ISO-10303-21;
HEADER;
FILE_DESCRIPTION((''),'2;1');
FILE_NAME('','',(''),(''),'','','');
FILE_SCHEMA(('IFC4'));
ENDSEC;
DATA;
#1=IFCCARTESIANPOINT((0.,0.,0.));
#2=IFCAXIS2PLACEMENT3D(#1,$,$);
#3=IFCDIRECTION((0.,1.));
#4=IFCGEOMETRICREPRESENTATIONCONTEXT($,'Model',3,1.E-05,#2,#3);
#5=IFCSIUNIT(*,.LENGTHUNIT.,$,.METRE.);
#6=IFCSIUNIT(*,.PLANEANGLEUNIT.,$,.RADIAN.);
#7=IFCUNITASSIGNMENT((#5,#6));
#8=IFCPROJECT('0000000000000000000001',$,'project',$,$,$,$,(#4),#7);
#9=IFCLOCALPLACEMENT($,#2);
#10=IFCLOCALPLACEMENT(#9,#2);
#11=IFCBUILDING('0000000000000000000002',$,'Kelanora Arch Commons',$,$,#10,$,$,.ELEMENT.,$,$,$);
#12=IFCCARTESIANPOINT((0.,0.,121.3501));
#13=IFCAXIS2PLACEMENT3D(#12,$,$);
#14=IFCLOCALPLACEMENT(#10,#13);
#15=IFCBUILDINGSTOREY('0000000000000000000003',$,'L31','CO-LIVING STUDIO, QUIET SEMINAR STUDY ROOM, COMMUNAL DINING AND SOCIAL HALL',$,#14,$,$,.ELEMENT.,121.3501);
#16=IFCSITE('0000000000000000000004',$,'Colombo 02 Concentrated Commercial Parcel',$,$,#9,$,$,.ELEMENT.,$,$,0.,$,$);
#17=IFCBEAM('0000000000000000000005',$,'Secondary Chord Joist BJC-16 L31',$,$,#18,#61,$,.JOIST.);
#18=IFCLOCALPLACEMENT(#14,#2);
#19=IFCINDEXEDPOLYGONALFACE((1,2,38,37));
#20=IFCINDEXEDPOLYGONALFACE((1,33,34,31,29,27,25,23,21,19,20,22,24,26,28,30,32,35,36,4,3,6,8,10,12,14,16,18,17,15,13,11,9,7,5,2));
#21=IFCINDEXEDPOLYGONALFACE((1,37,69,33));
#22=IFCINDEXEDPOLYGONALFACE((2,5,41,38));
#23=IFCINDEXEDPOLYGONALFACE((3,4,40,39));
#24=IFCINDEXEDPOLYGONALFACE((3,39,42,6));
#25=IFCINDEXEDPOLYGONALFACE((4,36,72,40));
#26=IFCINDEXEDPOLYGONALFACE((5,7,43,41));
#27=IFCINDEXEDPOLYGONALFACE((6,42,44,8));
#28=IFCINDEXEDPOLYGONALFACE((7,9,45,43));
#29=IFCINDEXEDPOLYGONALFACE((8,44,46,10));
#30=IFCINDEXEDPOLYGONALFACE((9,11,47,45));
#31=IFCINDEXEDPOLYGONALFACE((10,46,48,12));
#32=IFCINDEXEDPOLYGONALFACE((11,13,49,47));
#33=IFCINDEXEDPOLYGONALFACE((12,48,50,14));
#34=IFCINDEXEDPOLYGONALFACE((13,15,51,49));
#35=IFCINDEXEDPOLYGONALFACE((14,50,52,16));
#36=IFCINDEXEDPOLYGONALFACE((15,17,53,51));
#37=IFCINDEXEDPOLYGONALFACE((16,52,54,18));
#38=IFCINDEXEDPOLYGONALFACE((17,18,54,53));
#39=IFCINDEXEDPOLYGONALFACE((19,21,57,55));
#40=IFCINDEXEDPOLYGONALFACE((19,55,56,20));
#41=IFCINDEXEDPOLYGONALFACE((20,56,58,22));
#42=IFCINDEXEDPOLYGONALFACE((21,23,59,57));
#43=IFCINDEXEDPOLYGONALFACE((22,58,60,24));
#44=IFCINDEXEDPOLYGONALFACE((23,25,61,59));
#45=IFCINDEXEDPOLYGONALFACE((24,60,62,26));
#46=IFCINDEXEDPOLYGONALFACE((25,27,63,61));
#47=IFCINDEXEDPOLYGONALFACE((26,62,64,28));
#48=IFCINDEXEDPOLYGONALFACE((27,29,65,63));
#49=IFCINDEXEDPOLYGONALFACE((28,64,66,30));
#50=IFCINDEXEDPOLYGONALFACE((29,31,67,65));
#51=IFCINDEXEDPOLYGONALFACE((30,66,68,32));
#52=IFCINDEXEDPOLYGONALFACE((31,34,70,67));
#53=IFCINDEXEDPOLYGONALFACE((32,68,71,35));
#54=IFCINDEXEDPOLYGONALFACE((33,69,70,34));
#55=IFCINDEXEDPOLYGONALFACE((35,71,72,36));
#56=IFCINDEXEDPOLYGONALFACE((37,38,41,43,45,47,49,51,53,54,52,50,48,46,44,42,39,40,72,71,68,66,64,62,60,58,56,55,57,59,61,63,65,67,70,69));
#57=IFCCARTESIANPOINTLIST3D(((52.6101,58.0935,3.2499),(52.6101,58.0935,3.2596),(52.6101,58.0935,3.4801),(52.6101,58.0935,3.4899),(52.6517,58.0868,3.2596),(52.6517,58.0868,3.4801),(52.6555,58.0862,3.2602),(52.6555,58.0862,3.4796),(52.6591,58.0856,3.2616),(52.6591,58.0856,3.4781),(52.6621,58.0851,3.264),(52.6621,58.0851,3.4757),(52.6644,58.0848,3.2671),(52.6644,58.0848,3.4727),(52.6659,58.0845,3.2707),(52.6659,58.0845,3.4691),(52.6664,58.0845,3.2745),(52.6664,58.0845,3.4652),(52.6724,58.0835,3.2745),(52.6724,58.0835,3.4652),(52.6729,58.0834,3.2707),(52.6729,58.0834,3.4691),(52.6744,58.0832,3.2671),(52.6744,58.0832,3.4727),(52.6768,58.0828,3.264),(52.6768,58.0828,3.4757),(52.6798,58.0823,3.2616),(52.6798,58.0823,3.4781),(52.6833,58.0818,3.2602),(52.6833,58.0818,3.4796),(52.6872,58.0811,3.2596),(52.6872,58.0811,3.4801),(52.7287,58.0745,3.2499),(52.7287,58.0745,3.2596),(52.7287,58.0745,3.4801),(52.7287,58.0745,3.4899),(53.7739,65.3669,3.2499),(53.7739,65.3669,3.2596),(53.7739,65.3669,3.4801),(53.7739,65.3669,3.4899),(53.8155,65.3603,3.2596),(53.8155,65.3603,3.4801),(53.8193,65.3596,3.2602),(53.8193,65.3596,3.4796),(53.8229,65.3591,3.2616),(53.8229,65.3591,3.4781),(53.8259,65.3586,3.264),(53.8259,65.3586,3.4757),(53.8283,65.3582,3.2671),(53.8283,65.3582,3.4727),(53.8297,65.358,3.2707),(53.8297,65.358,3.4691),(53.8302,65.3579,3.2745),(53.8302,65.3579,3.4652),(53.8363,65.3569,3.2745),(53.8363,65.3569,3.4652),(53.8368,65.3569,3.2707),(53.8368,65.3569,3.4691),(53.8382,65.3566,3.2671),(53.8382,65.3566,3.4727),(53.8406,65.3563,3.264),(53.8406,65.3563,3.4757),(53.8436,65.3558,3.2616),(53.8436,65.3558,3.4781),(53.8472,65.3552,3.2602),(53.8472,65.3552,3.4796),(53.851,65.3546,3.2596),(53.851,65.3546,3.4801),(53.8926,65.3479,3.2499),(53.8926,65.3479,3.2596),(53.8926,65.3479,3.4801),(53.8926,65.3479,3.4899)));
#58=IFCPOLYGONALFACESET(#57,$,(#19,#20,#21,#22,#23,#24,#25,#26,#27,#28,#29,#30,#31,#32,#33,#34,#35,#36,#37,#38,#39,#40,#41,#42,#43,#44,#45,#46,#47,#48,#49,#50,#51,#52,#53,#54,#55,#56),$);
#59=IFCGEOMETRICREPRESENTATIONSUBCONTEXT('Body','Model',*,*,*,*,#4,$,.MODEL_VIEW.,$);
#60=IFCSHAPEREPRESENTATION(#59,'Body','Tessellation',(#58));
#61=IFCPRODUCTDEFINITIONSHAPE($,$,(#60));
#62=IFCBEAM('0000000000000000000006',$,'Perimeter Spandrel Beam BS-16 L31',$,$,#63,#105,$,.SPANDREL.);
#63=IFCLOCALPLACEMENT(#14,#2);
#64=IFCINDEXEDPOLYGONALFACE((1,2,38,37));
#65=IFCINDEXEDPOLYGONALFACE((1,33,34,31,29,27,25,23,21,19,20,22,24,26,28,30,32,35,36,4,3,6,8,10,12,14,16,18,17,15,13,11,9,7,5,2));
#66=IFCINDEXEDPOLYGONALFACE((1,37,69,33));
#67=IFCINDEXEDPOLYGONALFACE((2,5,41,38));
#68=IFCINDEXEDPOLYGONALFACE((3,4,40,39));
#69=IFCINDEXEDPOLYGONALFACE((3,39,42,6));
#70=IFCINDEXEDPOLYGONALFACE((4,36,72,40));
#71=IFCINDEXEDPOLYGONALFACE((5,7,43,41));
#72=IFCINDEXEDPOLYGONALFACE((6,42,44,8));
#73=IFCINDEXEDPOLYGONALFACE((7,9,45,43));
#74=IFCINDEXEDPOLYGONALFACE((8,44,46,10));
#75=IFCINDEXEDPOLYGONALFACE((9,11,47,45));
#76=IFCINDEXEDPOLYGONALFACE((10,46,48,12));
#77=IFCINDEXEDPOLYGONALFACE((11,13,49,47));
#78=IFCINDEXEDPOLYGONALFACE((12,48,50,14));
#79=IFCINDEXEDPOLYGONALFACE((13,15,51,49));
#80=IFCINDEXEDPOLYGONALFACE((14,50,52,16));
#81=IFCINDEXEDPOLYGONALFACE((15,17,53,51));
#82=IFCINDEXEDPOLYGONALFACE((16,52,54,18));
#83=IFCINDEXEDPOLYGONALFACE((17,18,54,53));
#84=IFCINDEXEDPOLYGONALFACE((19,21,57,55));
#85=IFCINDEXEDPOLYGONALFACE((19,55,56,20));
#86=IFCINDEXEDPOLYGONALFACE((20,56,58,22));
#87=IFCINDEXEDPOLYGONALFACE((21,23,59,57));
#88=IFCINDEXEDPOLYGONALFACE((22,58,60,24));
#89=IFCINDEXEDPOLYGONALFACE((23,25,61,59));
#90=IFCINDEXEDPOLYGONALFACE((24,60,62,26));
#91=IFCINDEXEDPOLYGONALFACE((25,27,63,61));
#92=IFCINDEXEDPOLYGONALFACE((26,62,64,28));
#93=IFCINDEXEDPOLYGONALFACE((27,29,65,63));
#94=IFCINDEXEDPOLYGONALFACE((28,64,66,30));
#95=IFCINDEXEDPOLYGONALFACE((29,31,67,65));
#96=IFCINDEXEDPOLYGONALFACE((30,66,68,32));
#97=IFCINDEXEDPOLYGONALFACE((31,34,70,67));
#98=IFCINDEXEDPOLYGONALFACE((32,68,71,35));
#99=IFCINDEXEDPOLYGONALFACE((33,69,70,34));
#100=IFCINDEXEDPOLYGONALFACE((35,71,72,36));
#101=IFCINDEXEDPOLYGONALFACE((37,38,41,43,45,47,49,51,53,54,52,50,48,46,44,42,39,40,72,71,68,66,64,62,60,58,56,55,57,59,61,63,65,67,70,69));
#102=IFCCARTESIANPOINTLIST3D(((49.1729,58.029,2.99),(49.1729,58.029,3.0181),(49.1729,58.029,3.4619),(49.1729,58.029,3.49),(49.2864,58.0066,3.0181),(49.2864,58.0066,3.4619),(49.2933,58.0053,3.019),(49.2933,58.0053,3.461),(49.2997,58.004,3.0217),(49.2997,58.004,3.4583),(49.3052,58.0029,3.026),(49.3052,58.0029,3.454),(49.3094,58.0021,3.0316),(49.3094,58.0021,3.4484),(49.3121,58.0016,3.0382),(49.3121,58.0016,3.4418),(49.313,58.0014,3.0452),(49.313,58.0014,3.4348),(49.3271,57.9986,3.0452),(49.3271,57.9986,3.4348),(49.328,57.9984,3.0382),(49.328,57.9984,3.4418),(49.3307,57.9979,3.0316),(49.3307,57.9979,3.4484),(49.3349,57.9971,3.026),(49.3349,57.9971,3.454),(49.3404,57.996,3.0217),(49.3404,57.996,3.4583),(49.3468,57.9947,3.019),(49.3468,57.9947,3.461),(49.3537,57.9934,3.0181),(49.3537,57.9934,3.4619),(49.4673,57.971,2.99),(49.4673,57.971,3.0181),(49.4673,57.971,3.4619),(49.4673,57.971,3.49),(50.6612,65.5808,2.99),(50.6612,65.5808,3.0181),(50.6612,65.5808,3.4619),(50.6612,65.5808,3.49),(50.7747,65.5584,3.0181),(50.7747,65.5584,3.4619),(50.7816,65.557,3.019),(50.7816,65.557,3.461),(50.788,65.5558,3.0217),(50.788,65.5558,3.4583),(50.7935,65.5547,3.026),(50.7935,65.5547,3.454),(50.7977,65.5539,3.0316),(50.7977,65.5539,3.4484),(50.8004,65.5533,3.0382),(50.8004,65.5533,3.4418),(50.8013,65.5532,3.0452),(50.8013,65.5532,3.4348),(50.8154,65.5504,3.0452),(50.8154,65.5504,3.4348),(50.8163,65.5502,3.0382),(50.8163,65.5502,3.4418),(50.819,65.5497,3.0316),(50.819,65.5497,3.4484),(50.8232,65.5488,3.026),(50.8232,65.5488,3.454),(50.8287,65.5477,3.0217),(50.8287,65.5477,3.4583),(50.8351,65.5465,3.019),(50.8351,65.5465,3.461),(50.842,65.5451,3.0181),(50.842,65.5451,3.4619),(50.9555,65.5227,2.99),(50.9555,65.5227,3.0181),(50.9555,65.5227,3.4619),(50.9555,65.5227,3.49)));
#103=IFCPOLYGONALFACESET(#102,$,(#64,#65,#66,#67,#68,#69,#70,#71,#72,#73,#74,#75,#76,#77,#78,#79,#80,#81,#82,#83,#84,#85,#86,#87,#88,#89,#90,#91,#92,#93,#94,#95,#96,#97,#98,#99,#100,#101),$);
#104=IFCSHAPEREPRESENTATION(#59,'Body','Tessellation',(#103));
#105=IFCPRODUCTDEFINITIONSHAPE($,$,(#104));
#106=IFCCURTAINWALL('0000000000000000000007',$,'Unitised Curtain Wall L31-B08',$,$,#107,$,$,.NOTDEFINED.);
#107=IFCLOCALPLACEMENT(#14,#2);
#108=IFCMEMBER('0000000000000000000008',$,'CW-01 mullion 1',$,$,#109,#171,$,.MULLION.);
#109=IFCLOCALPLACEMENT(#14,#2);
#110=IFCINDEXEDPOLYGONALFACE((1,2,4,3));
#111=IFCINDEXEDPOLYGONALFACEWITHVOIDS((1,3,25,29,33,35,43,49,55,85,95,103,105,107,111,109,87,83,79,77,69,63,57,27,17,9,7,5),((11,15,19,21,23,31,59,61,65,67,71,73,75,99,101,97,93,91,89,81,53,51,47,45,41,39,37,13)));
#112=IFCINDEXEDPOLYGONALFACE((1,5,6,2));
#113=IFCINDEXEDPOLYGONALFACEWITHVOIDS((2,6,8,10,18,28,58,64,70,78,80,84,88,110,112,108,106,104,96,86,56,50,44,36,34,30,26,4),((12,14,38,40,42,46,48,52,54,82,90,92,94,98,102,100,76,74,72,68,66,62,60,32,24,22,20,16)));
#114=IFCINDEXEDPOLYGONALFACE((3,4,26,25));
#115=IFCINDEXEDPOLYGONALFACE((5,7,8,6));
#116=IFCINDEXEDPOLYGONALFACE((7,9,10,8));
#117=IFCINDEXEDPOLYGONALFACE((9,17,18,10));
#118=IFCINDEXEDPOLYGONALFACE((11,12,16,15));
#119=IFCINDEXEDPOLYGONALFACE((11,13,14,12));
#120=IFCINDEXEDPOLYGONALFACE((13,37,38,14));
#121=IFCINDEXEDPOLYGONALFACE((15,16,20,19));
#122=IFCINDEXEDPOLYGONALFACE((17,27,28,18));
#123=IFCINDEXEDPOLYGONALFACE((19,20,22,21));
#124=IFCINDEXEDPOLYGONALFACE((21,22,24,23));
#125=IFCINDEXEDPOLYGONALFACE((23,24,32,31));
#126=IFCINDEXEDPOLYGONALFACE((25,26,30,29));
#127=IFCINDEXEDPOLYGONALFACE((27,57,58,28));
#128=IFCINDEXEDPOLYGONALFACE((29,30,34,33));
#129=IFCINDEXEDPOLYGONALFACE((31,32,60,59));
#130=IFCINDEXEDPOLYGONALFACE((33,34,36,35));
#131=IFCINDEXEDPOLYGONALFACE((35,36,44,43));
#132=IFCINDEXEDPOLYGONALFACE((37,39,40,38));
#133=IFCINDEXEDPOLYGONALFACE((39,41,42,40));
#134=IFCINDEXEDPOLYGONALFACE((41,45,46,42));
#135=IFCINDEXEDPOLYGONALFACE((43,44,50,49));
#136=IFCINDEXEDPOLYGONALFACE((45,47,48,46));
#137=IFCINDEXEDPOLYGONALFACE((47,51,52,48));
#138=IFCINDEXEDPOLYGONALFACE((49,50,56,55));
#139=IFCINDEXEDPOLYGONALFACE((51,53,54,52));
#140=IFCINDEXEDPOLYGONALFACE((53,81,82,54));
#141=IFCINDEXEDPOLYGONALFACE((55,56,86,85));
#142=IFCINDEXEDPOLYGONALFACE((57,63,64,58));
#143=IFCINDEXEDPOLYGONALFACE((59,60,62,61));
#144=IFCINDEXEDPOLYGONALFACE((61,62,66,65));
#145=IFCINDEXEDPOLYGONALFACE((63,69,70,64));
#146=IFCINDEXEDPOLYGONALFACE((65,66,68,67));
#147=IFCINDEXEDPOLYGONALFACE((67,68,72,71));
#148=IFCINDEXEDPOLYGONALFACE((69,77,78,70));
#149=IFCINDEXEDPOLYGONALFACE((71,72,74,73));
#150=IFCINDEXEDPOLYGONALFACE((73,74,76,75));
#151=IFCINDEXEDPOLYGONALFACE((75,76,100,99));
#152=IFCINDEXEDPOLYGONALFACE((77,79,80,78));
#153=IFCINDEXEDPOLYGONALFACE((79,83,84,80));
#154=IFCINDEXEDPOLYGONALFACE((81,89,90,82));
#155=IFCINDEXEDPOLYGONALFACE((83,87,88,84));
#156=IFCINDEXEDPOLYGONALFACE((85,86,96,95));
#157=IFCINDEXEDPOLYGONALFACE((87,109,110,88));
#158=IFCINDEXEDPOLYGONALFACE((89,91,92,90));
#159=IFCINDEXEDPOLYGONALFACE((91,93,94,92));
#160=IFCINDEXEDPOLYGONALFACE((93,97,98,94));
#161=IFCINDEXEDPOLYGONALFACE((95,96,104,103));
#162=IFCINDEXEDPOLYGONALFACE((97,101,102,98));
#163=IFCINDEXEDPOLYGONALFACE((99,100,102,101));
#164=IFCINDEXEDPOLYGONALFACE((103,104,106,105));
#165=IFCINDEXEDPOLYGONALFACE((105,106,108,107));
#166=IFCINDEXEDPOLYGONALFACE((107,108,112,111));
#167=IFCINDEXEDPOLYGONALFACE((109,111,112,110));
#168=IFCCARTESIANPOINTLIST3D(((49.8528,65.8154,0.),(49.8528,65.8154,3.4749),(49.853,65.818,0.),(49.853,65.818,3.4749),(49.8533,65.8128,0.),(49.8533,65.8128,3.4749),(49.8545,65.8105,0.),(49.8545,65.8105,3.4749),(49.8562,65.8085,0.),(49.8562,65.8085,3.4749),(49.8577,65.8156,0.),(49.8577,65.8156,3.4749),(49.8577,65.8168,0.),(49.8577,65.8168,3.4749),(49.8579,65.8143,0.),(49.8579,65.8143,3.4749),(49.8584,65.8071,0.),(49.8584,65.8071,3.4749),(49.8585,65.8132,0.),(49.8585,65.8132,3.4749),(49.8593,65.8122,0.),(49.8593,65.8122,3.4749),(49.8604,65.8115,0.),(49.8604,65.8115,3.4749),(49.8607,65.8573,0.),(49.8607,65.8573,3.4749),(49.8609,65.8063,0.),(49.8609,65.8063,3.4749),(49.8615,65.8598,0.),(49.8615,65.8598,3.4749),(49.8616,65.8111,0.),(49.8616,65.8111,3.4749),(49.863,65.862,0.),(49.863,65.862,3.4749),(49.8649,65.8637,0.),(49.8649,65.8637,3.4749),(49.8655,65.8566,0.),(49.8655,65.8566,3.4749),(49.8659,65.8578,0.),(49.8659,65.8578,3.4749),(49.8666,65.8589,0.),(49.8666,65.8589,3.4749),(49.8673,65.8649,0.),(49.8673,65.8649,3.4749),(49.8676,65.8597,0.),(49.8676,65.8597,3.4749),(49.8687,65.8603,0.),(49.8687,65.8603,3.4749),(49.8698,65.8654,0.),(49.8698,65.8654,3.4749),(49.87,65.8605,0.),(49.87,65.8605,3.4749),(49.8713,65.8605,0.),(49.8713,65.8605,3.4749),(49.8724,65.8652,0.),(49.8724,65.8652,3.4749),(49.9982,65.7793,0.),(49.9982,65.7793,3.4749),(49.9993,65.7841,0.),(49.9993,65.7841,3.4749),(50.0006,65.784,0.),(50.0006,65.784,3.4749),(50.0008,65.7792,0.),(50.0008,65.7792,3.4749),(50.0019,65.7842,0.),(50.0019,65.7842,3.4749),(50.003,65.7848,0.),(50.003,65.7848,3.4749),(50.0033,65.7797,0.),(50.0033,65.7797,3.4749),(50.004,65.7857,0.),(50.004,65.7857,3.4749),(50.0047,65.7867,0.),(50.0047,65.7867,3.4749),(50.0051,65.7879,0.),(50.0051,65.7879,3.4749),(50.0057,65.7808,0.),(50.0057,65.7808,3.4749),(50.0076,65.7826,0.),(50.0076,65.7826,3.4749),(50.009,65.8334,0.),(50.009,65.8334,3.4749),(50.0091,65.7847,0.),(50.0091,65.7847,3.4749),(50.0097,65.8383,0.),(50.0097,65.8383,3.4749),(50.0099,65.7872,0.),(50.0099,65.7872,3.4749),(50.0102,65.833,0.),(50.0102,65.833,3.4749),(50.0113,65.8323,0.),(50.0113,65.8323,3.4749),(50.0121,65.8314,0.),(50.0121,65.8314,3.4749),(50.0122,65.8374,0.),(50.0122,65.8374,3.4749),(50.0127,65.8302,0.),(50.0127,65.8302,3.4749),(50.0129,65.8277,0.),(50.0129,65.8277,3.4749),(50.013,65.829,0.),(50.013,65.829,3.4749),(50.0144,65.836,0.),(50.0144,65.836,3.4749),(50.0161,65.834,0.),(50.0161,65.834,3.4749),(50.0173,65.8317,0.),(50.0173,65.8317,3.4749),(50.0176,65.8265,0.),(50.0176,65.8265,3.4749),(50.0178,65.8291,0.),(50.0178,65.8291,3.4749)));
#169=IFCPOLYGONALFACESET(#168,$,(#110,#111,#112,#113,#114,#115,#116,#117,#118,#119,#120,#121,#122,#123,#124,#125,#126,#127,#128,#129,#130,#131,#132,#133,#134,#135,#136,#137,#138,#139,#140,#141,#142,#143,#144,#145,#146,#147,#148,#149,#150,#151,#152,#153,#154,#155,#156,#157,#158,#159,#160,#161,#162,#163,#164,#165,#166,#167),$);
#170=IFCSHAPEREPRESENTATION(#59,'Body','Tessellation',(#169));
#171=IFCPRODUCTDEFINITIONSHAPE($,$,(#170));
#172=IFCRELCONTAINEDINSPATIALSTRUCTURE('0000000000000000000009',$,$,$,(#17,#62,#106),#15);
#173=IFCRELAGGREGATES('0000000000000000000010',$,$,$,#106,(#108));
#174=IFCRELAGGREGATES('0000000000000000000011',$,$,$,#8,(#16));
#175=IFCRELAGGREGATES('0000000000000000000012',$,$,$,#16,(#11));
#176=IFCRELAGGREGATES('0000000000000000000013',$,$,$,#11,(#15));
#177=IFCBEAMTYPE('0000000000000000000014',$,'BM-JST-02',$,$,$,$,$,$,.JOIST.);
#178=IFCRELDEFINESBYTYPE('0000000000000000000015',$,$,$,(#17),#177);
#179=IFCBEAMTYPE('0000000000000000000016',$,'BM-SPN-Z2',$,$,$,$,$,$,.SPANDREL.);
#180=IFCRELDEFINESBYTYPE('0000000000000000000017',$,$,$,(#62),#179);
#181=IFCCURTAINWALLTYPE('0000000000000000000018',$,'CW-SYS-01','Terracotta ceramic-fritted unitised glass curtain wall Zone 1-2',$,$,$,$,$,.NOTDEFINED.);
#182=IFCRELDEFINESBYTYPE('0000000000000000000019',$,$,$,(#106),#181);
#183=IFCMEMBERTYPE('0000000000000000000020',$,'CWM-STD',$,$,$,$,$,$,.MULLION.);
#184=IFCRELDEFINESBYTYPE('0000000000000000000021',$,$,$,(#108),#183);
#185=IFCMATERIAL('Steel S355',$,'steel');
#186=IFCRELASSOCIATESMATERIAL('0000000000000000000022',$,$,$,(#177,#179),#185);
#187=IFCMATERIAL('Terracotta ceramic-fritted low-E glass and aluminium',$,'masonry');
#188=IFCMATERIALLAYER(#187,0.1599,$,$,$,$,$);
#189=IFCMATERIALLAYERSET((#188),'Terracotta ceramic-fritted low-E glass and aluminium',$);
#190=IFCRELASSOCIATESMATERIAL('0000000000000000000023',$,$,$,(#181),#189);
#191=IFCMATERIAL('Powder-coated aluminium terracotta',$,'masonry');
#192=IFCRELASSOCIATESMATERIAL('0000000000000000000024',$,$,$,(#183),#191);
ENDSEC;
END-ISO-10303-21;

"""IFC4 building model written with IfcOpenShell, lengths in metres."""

from ifc_helpers import new_model, si_unit, direction, frame, origin, origin_2d, place, context, subcontext, project, spatial, hollow_rectangle, i_section, extrude, material, layer, layer_set, material_profile, profile_set, type_object, element, aggregate, save


model = new_model("IFC4")

# Units and contexts
model_context = context("Model", 3, precision=1e-05, world=origin(), true_north=direction((0.0, 1.0)))
body_context = subcontext(model_context, "Body", "Model", "MODEL_VIEW")
ifc_project = project(units=[si_unit("LENGTHUNIT", "METRE"), si_unit("PLANEANGLEUNIT", "RADIAN")], contexts=[model_context])

# Site, building, storey
site_placement = place(None, origin())
site = spatial("IfcSite", under=ifc_project, at=site_placement, Name="Colombo 02 Concentrated Commercial Parcel", CompositionType="ELEMENT", RefElevation=0.0)
building_placement = place(site_placement, origin())
building = spatial("IfcBuilding", under=site, at=building_placement, Name="Kelanora Arch Commons", CompositionType="ELEMENT")
storey_placement = place(building_placement, frame((0.0, 0.0, 121.3501)))
storey = spatial("IfcBuildingStorey", under=building, at=storey_placement, Name="L31", Description="CO-LIVING STUDIO, QUIET SEMINAR STUDY ROOM, COMMUNAL DINING AND SOCIAL HALL", CompositionType="ELEMENT", Elevation=121.3501)

# Beams
ifc_material_1 = material(Name="Steel S355", Category="steel")
ifc_material_profile_1 = material_profile(ifc_material_1, i_section(OverallWidth=0.1201, OverallDepth=0.24, WebThickness=0.0061, FlangeThickness=0.0098, FilletRadius=0.0149, at=origin_2d()), Name="IPE240")
ifc_profile_set_1 = profile_set([ifc_material_profile_1], Name="Steel S355")
beam_type_1 = type_object("IfcBeamType", Name="BM-JST-02", PredefinedType="JOIST", material=ifc_profile_set_1)
beam_1_placement = place(storey_placement, frame((53.8333, 65.3574, 3.3699), z_axis=(-0.158, -0.987439, 0.0), x_axis=(0.987439, -0.158, 0.0)))
element("IfcBeam", 1, at=beam_1_placement, inside=storey, type_object=beam_type_1, Name="Secondary Chord Joist BJC-16 L31", PredefinedType="JOIST", context=body_context, shape_type="SweptSolid", body=[
    extrude(i_section(OverallWidth=0.1201, OverallDepth=0.24, WebThickness=0.0061, FlangeThickness=0.0098, FilletRadius=0.0149, at=origin_2d()), origin(), (0.0, 0.0, 1.0), 7.366),
])
ifc_material_profile_2 = material_profile(ifc_material_1, i_section(OverallWidth=0.3, OverallDepth=0.5, WebThickness=0.0144, FlangeThickness=0.0281, FilletRadius=0.0271, at=origin_2d()), Name="HEB500")
ifc_profile_set_2 = profile_set([ifc_material_profile_2], Name="Steel S355")
beam_type_2 = type_object("IfcBeamType", Name="BM-SPN-Z2", PredefinedType="SPANDREL", material=ifc_profile_set_2)
beam_2_placement = place(storey_placement, frame((50.8083, 65.5518, 3.24), z_axis=(-0.193358, -0.981128, 0.0), x_axis=(0.981128, -0.193358, 0.0)))
element("IfcBeam", 2, at=beam_2_placement, inside=storey, type_object=beam_type_2, Name="Perimeter Spandrel Beam BS-16 L31", PredefinedType="SPANDREL", context=body_context, shape_type="SweptSolid", body=[
    extrude(i_section(OverallWidth=0.3, OverallDepth=0.5, WebThickness=0.0144, FlangeThickness=0.0281, FilletRadius=0.0271, at=origin_2d()), origin(), (0.0, 0.0, 1.0), 7.697),
])

# Curtain wall, member
ifc_material_2 = material(Name="Terracotta ceramic-fritted low-E glass and aluminium", Category="masonry")
ifc_layer_1 = layer(ifc_material_2, 0.1599)
ifc_layer_set_1 = layer_set([ifc_layer_1], Name="Terracotta ceramic-fritted low-E glass and aluminium")
curtain_wall_type = type_object("IfcCurtainWallType", Name="CW-SYS-01", Description="Terracotta ceramic-fritted unitised glass curtain wall Zone 1-2", PredefinedType="NOTDEFINED", material=ifc_layer_set_1)
curtain_wall_placement = place(storey_placement, origin())
curtain_wall = element("IfcCurtainWall", 3, at=curtain_wall_placement, inside=storey, type_object=curtain_wall_type, Name="Unitised Curtain Wall L31-B08", PredefinedType="NOTDEFINED")
ifc_material_3 = material(Name="Powder-coated aluminium terracotta", Category="masonry")
ifc_material_profile_3 = material_profile(ifc_material_3, hollow_rectangle(XDim=0.1599, YDim=0.0601, WallThickness=0.0049, InnerFilletRadius=0.0049, OuterFilletRadius=0.01, at=origin_2d()), Name="CWM160x60")
ifc_profile_set_3 = profile_set([ifc_material_profile_3], Name="Powder-coated aluminium terracotta")
member_type_1 = type_object("IfcMemberType", Name="CWM-STD", PredefinedType="MULLION", material=ifc_profile_set_3)
member_1_placement = place(storey_placement, frame((49.9353, 65.8223, 0.0), z_axis=(0.0, 0.0, 1.0), x_axis=(0.98128, -0.192585, 0.0)))
member_1 = element("IfcMember", 4, at=member_1_placement, type_object=member_type_1, Name="CW-01 mullion 1", PredefinedType="MULLION", context=body_context, shape_type="SweptSolid", body=[
    extrude(hollow_rectangle(XDim=0.1599, YDim=0.0601, WallThickness=0.0049, InnerFilletRadius=0.0049, OuterFilletRadius=0.01, at=origin_2d()), origin(), (0.0, 0.0, 1.0), 3.4749),
])
aggregate(curtain_wall, [member_1])

save(model, "model.ifc")
